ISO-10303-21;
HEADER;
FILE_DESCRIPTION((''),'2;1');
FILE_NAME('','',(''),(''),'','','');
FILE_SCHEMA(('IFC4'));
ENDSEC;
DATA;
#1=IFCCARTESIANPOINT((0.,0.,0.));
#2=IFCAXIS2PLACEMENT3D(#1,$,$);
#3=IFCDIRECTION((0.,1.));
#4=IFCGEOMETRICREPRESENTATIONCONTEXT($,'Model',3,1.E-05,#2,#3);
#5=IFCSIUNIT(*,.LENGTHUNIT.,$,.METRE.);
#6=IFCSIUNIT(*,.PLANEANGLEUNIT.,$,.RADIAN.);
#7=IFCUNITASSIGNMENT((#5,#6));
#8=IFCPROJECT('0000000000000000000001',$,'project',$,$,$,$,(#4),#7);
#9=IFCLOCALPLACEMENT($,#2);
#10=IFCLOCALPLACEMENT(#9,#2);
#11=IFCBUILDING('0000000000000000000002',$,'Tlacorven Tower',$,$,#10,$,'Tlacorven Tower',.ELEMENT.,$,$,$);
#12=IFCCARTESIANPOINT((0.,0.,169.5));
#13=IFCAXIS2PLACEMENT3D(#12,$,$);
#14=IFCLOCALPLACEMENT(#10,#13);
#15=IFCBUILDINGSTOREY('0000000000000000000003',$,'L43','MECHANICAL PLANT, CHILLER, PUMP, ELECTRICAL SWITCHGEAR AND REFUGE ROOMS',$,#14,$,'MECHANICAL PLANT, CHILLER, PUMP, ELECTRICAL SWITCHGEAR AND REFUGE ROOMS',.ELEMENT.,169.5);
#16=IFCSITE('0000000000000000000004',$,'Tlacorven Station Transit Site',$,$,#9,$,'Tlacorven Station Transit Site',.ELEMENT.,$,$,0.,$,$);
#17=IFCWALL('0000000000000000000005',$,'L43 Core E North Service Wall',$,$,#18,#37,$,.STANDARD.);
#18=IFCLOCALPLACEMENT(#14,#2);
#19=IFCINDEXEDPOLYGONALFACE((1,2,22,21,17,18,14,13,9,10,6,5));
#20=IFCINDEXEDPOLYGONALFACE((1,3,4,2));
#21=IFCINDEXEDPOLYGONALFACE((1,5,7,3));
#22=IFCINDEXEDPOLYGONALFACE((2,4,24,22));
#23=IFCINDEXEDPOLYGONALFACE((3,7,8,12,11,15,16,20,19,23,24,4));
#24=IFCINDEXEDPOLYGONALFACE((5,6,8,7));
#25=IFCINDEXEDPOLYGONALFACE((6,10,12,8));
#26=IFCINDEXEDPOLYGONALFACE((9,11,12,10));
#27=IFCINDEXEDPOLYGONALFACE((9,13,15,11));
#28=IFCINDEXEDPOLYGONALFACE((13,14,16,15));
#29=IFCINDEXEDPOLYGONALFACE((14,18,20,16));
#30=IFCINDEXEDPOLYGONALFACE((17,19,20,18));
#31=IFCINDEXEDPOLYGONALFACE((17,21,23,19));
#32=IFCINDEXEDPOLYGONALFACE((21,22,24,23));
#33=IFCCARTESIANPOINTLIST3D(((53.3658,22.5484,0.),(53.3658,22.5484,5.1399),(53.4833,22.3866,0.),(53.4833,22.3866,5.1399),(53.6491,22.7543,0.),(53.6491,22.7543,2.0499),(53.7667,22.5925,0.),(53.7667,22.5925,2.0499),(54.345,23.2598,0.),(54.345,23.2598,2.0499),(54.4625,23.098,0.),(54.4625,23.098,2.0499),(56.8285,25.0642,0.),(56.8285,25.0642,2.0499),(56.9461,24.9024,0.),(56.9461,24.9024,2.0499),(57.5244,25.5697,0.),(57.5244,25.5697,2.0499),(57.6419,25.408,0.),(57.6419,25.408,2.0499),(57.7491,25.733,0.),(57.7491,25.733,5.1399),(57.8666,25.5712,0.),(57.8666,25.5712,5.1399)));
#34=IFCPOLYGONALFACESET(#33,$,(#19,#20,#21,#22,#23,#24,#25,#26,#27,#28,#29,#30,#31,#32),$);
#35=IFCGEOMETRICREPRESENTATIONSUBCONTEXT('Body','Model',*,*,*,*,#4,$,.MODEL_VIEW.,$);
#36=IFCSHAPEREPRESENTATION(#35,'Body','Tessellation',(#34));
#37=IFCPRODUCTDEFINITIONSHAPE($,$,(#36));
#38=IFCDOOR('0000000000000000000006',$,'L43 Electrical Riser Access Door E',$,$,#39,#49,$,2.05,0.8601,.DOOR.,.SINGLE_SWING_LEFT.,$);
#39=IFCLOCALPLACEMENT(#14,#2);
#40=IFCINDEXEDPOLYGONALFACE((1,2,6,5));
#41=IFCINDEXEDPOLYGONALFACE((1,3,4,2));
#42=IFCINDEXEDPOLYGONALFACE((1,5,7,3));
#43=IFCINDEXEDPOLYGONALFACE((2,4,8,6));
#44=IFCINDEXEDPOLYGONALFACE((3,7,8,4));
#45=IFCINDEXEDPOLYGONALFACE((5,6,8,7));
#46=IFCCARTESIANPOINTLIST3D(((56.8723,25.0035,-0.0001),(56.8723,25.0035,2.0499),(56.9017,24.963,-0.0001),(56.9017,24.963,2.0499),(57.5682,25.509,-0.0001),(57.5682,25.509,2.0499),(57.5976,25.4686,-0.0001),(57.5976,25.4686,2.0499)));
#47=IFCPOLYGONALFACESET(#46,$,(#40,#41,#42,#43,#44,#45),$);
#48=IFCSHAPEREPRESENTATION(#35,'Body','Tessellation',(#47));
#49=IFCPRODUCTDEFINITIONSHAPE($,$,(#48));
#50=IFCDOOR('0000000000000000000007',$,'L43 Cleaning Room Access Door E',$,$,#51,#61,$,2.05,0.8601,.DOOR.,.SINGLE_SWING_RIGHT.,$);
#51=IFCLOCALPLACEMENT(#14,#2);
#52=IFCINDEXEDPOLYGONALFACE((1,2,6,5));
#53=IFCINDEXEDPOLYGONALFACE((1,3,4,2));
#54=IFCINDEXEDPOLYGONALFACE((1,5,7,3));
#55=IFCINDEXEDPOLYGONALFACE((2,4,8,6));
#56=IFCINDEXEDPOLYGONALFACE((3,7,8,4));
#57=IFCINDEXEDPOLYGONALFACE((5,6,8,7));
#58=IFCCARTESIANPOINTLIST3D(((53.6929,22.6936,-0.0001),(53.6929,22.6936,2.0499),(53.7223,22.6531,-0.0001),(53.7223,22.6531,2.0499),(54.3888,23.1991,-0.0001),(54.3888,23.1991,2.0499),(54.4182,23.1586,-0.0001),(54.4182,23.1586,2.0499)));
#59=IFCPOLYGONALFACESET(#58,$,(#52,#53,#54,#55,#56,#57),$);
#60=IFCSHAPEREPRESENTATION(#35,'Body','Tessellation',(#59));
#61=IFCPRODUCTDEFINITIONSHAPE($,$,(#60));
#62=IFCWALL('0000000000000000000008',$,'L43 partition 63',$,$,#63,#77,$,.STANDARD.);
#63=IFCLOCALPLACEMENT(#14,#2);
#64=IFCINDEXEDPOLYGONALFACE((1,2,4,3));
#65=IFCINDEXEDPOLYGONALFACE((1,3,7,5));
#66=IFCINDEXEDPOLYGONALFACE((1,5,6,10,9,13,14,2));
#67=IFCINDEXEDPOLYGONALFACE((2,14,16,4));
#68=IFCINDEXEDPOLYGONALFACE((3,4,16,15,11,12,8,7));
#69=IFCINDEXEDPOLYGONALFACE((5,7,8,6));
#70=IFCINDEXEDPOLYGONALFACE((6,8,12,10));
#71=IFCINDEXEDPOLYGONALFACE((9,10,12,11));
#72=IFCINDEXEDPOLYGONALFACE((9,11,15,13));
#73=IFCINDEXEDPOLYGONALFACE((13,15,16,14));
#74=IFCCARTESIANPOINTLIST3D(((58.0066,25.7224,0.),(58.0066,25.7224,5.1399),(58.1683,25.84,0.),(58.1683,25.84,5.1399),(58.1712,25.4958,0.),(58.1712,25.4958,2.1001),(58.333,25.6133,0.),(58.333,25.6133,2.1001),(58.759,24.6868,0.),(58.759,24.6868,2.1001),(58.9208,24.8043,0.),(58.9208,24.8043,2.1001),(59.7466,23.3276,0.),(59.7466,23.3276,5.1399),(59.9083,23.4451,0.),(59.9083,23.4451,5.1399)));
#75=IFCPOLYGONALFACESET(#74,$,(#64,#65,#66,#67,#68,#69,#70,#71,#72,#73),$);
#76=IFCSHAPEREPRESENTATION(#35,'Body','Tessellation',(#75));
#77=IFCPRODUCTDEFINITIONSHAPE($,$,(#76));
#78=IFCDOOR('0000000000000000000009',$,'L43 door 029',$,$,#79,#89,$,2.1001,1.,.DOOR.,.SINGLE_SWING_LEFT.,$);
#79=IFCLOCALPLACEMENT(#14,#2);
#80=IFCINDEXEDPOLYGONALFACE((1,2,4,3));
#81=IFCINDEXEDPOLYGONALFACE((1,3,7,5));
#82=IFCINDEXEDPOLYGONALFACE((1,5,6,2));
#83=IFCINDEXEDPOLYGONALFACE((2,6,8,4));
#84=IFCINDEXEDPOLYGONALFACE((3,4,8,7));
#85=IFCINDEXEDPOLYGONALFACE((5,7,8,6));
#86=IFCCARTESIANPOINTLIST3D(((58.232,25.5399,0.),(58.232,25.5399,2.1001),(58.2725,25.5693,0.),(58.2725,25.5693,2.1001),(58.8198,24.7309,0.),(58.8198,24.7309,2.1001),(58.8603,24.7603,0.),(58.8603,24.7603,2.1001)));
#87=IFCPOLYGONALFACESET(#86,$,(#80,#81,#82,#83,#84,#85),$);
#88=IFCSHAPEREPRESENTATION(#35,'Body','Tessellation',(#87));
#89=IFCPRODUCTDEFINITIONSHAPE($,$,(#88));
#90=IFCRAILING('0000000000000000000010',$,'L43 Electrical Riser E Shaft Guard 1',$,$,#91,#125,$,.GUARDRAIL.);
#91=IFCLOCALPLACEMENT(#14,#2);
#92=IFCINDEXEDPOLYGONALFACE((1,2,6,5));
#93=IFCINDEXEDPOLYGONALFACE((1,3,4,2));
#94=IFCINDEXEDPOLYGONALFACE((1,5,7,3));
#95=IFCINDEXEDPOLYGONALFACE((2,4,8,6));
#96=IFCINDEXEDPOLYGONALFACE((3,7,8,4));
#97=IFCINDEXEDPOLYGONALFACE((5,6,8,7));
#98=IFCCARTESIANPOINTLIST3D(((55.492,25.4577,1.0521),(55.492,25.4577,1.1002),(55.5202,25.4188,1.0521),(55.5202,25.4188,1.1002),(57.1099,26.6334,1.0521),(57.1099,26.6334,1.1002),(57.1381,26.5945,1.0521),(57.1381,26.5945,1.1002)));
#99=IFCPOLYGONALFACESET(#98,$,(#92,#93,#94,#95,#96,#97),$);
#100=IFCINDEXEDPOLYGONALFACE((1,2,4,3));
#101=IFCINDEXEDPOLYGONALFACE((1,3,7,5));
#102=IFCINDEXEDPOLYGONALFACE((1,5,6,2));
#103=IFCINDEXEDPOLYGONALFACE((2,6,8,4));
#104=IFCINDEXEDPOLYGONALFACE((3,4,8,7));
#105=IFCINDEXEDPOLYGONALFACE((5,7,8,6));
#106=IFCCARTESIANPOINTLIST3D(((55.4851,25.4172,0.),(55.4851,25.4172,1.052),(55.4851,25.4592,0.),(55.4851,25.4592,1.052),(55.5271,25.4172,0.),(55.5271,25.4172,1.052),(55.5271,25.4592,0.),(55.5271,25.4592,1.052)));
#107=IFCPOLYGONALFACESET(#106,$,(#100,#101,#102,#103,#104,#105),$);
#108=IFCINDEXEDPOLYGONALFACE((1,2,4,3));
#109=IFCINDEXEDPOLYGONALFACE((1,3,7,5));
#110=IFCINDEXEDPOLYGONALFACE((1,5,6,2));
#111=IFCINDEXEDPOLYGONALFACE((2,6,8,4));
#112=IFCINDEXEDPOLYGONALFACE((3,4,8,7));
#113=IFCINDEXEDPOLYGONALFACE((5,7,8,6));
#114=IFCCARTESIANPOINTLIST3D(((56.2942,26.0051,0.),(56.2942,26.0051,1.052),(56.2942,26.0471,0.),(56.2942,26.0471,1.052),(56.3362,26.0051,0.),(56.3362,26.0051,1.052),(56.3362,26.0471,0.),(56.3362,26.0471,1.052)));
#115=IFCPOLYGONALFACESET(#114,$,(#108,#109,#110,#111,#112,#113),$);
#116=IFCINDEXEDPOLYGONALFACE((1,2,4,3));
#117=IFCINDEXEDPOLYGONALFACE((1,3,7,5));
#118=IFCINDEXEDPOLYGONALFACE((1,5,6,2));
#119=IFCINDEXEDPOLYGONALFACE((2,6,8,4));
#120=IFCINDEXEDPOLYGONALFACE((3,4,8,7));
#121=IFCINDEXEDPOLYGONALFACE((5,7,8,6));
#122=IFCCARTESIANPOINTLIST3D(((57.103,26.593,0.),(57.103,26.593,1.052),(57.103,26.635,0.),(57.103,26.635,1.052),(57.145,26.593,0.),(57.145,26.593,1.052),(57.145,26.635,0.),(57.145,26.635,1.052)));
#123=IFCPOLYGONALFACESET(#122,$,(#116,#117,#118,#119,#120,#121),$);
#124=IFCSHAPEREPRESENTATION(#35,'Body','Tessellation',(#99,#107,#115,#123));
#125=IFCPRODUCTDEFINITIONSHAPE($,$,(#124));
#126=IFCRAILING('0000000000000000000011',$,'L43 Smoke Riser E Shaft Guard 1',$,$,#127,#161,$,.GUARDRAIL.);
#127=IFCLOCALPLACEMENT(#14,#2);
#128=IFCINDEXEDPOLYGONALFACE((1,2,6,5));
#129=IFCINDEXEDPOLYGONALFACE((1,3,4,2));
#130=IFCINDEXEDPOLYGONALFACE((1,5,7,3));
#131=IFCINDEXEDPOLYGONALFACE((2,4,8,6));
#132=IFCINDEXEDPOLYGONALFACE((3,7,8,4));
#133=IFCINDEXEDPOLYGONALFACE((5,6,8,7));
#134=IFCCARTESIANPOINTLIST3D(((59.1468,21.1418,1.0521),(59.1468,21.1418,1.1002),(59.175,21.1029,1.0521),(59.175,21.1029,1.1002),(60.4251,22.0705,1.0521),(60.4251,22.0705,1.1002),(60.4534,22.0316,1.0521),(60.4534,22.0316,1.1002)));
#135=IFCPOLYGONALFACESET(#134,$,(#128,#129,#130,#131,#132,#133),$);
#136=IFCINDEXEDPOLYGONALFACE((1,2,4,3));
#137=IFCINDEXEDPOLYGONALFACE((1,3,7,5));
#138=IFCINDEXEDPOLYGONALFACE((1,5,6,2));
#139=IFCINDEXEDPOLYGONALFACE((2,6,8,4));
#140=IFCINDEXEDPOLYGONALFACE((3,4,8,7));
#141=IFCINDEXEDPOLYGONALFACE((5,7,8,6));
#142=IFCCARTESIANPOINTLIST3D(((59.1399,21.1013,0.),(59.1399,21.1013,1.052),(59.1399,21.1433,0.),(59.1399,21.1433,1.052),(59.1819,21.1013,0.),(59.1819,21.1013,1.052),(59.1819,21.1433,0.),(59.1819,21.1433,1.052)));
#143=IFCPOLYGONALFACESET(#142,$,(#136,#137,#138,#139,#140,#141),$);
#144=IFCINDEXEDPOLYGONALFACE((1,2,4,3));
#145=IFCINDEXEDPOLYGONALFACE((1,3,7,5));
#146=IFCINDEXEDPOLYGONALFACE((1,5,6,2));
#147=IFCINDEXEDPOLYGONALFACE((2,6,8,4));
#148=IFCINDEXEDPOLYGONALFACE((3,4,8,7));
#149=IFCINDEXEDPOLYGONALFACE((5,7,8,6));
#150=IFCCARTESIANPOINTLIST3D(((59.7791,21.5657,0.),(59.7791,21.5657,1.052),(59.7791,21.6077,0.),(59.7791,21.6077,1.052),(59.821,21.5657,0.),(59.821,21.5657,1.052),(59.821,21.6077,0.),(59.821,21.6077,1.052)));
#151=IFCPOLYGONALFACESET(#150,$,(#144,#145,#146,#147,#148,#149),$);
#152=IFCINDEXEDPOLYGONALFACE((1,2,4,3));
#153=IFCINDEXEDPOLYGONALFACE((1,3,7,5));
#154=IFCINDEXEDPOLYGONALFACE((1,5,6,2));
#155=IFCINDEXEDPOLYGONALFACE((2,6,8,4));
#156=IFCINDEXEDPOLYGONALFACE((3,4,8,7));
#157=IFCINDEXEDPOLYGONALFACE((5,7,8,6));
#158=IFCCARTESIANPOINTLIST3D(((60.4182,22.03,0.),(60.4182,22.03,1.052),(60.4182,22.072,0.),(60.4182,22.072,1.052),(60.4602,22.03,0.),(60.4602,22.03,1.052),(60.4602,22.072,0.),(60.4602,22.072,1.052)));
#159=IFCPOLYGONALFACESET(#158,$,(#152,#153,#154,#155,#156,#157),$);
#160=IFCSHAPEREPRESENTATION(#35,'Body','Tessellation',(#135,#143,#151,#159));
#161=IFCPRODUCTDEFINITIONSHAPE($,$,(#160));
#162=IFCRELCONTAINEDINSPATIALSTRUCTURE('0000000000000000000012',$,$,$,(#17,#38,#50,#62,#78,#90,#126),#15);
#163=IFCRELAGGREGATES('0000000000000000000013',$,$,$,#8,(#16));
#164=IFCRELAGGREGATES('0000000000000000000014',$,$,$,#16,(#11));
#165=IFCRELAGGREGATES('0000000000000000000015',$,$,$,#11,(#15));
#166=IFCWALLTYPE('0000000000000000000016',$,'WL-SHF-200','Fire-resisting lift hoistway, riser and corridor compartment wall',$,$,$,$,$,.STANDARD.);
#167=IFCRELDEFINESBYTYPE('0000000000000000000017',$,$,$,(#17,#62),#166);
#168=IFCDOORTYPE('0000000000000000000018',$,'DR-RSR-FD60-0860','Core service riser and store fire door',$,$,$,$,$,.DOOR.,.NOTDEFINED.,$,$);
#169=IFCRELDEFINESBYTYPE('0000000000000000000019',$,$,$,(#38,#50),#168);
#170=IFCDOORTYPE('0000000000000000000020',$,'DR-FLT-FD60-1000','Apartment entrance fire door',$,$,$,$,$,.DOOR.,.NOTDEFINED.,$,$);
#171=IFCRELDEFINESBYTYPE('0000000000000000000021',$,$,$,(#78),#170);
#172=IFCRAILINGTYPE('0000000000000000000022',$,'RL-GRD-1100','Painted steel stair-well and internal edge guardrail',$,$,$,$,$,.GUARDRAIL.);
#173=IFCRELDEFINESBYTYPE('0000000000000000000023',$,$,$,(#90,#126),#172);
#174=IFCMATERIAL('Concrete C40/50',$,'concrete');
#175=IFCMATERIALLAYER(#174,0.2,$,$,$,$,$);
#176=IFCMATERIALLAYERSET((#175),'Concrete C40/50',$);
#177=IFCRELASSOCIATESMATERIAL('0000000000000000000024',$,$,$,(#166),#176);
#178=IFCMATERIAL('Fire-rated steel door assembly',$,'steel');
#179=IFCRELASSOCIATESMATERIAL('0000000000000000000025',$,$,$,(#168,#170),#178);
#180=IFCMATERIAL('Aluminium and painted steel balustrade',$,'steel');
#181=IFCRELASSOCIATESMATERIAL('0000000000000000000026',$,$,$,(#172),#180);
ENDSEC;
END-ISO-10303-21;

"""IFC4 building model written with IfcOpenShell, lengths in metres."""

from ifc_helpers import new_model, si_unit, direction, frame, frame_2d, origin, origin_2d, place, context, subcontext, project, spatial, rectangle, extrude, source, transform, mapped, material, layer, layer_set, type_object, element, fill, save


model = new_model("IFC4")

# Units and contexts
model_context = context("Model", 3, precision=1e-05, world=origin(), true_north=direction((0.0, 1.0)))
body_context = subcontext(model_context, "Body", "Model", "MODEL_VIEW")
ifc_project = project(units=[si_unit("LENGTHUNIT", "METRE"), si_unit("PLANEANGLEUNIT", "RADIAN")], contexts=[model_context])

# Site, building, storey
site_placement = place(None, origin())
site = spatial("IfcSite", under=ifc_project, at=site_placement, Name="Tlacorven Station Transit Site", LongName="Tlacorven Station Transit Site", CompositionType="ELEMENT", RefElevation=0.0)
building_placement = place(site_placement, origin())
building = spatial("IfcBuilding", under=site, at=building_placement, Name="Tlacorven Tower", LongName="Tlacorven Tower", CompositionType="ELEMENT")
storey_placement = place(building_placement, frame((0.0, 0.0, 169.5)))
storey = spatial("IfcBuildingStorey", under=building, at=storey_placement, Name="L43", Description="MECHANICAL PLANT, CHILLER, PUMP, ELECTRICAL SWITCHGEAR AND REFUGE ROOMS", LongName="MECHANICAL PLANT, CHILLER, PUMP, ELECTRICAL SWITCHGEAR AND REFUGE ROOMS", CompositionType="ELEMENT", Elevation=169.5)

# Shared definitions
ifc_material_1 = material(Name="Concrete C40/50", Category="concrete")
ifc_layer_1 = layer(ifc_material_1, 0.2)
ifc_layer_set_1 = layer_set([ifc_layer_1], Name="Concrete C40/50")
wall_type_1 = type_object("IfcWallType", Name="WL-SHF-200", Description="Fire-resisting lift hoistway, riser and corridor compartment wall", PredefinedType="STANDARD", material=ifc_layer_set_1)
ifc_material_2 = material(Name="Fire-rated steel door assembly", Category="steel")
door_type_1 = type_object("IfcDoorType", Name="DR-RSR-FD60-0860", Description="Core service riser and store fire door", OperationType="NOTDEFINED", PredefinedType="DOOR", material=ifc_material_2)
shared_shape_1 = source(origin(), body_context, "Body", "SweptSolid", [
    extrude(rectangle(XDim=0.8601, YDim=2.05, at=frame_2d((0.4302, 1.0249))), frame((0.0, 0.0249, 0.0), z_axis=(0.0, -1.0, 0.0), x_axis=(1.0, 0.0, 0.0)), (0.0, 0.0, 1.0), 0.05),
])

# Wall, openings, doors
wall_1_placement = place(storey_placement, frame((53.4246, 22.4675, 0.0), z_axis=(0.0, 0.0, 1.0), x_axis=(0.809024, 0.587775, 0.0)))
wall_1 = element("IfcWall", 1, at=wall_1_placement, inside=storey, type_object=wall_type_1, Name="L43 Core E North Service Wall", PredefinedType="STANDARD", context=body_context, shape_type="SweptSolid", body=[
    extrude(rectangle(XDim=5.418, YDim=0.2, at=frame_2d((2.709, 0.0))), origin(), (0.0, 0.0, 1.0), 5.1399),
])
opening_1_placement = place(wall_1_placement, frame((4.28, 0.0, 0.0)))
opening_1 = element("IfcOpeningElement", 2, at=opening_1_placement, cuts=wall_1, PredefinedType="OPENING", context=body_context, shape_type="SweptSolid", body=[
    extrude(rectangle(XDim=0.8601, YDim=2.05, at=frame_2d((0.4302, 1.0249))), frame((0.0, 0.1099, 0.0), z_axis=(0.0, -1.0, 0.0), x_axis=(1.0, 0.0, 0.0)), (0.0, 0.0, 1.0), 0.22),
])
opening_2_placement = place(wall_1_placement, frame((0.3501, 0.0, 0.0)))
opening_2 = element("IfcOpeningElement", 3, at=opening_2_placement, cuts=wall_1, PredefinedType="OPENING", context=body_context, shape_type="SweptSolid", body=[
    extrude(rectangle(XDim=0.8601, YDim=2.05, at=frame_2d((0.4302, 1.0249))), frame((0.0, 0.1099, 0.0), z_axis=(0.0, -1.0, 0.0), x_axis=(1.0, 0.0, 0.0)), (0.0, 0.0, 1.0), 0.22),
])
door_1_placement = place(opening_1_placement, frame((0.8601, 0.0, 0.0), z_axis=(0.0, 0.0, 1.0), x_axis=(-1.0, 0.0, 0.0)))
door_1 = element("IfcDoor", 4, at=door_1_placement, inside=storey, type_object=door_type_1, Name="L43 Electrical Riser Access Door E", OperationType="SINGLE_SWING_LEFT", OverallHeight=2.05, OverallWidth=0.8601, PredefinedType="DOOR", context=body_context, shape_type="MappedRepresentation", body=[
    mapped(shared_shape_1, transform((0.0, 0.0, 0.0), scale=1.0)),
])
fill(opening_1, door_1)
door_2_placement = place(opening_2_placement, frame((0.8601, 0.0, 0.0), z_axis=(0.0, 0.0, 1.0), x_axis=(-1.0, 0.0, 0.0)))
door_2 = element("IfcDoor", 5, at=door_2_placement, inside=storey, type_object=door_type_1, Name="L43 Cleaning Room Access Door E", OperationType="SINGLE_SWING_RIGHT", OverallHeight=2.05, OverallWidth=0.8601, PredefinedType="DOOR", context=body_context, shape_type="MappedRepresentation", body=[
    mapped(shared_shape_1, transform((0.0, 0.0, 0.0), scale=1.0)),
])
fill(opening_2, door_2)

# Wall, opening, door
wall_2_placement = place(storey_placement, frame((59.8274, 23.3865, 0.0), z_axis=(0.0, 0.0, 1.0), x_axis=(-0.587804, 0.809003, 0.0)))
wall_2 = element("IfcWall", 6, at=wall_2_placement, inside=storey, type_object=wall_type_1, Name="L43 partition 63", PredefinedType="STANDARD", context=body_context, shape_type="SweptSolid", body=[
    extrude(rectangle(XDim=2.9602, YDim=0.2, at=frame_2d((1.48, 0.0))), origin(), (0.0, 0.0, 1.0), 5.1399),
])
opening_3_placement = place(wall_2_placement, frame((1.6799, 0.0, 0.0)))
opening_3 = element("IfcOpeningElement", 7, at=opening_3_placement, cuts=wall_2, PredefinedType="OPENING", context=body_context, shape_type="SweptSolid", body=[
    extrude(rectangle(XDim=1.0, YDim=2.1001, at=frame_2d((0.5, 1.05))), frame((0.0, 0.1099, 0.0), z_axis=(0.0, -1.0, 0.0), x_axis=(1.0, 0.0, 0.0)), (0.0, 0.0, 1.0), 0.22),
])
door_type_2 = type_object("IfcDoorType", Name="DR-FLT-FD60-1000", Description="Apartment entrance fire door", OperationType="NOTDEFINED", PredefinedType="DOOR", material=ifc_material_2)
shared_shape_2 = source(origin(), body_context, "Body", "SweptSolid", [
    extrude(rectangle(XDim=1.0, YDim=2.1001, at=frame_2d((0.5, 1.05))), frame((0.0, 0.0249, 0.0), z_axis=(0.0, -1.0, 0.0), x_axis=(1.0, 0.0, 0.0)), (0.0, 0.0, 1.0), 0.05),
])
door_3_placement = place(opening_3_placement, origin())
door_3 = element("IfcDoor", 8, at=door_3_placement, inside=storey, type_object=door_type_2, Name="L43 door 029", OperationType="SINGLE_SWING_LEFT", OverallHeight=2.1001, OverallWidth=1.0, PredefinedType="DOOR", context=body_context, shape_type="MappedRepresentation", body=[
    mapped(shared_shape_2, transform((0.0, 0.0, 0.0), scale=1.0)),
])
fill(opening_3, door_3)

# Railings
ifc_material_3 = material(Name="Aluminium and painted steel balustrade", Category="steel")
railing_type_1 = type_object("IfcRailingType", Name="RL-GRD-1100", Description="Painted steel stair-well and internal edge guardrail", PredefinedType="GUARDRAIL", material=ifc_material_3)
shared_shape_3 = source(origin(), body_context, "Body", "SweptSolid", [
    extrude(rectangle(XDim=0.0481, YDim=0.0481, at=origin_2d()), frame((0.0, 0.0, 1.0762), z_axis=(0.808947, 0.587881, 0.0), x_axis=(-0.587881, 0.808947, 0.0)), (0.0, 0.0, 1.0), 2.0),
    extrude(rectangle(XDim=0.042, YDim=0.042, at=origin_2d()), origin(), (0.0, 0.0, 1.0), 1.052),
    extrude(rectangle(XDim=0.042, YDim=0.042, at=origin_2d()), frame((0.8091, 0.5879, 0.0)), (0.0, 0.0, 1.0), 1.052),
    extrude(rectangle(XDim=0.042, YDim=0.042, at=origin_2d()), frame((1.6179, 1.1758, 0.0)), (0.0, 0.0, 1.0), 1.052),
])
railing_1_placement = place(storey_placement, frame((55.5061, 25.4382, 0.0)))
element("IfcRailing", 9, at=railing_1_placement, inside=storey, type_object=railing_type_1, Name="L43 Electrical Riser E Shaft Guard 1", PredefinedType="GUARDRAIL", context=body_context, shape_type="MappedRepresentation", body=[
    mapped(shared_shape_3, transform((0.0, 0.0, 0.0), scale=1.0)),
])
shared_shape_4 = source(origin(), body_context, "Body", "SweptSolid", [
    extrude(rectangle(XDim=0.0481, YDim=0.0481, at=origin_2d()), frame((0.0, 0.0, 1.0762), z_axis=(0.80903, 0.587767, 0.0), x_axis=(-0.587767, 0.80903, 0.0)), (0.0, 0.0, 1.0), 1.5801),
    extrude(rectangle(XDim=0.042, YDim=0.042, at=origin_2d()), origin(), (0.0, 0.0, 1.0), 1.052),
    extrude(rectangle(XDim=0.042, YDim=0.042, at=origin_2d()), frame((0.6392, 0.4644, 0.0)), (0.0, 0.0, 1.0), 1.052),
    extrude(rectangle(XDim=0.042, YDim=0.042, at=origin_2d()), frame((1.2783, 0.9287, 0.0)), (0.0, 0.0, 1.0), 1.052),
])
railing_2_placement = place(storey_placement, frame((59.1609, 21.1223, 0.0)))
element("IfcRailing", 10, at=railing_2_placement, inside=storey, type_object=railing_type_1, Name="L43 Smoke Riser E Shaft Guard 1", PredefinedType="GUARDRAIL", context=body_context, shape_type="MappedRepresentation", body=[
    mapped(shared_shape_4, transform((0.0, 0.0, 0.0), scale=1.0)),
])

save(model, "model.ifc")
